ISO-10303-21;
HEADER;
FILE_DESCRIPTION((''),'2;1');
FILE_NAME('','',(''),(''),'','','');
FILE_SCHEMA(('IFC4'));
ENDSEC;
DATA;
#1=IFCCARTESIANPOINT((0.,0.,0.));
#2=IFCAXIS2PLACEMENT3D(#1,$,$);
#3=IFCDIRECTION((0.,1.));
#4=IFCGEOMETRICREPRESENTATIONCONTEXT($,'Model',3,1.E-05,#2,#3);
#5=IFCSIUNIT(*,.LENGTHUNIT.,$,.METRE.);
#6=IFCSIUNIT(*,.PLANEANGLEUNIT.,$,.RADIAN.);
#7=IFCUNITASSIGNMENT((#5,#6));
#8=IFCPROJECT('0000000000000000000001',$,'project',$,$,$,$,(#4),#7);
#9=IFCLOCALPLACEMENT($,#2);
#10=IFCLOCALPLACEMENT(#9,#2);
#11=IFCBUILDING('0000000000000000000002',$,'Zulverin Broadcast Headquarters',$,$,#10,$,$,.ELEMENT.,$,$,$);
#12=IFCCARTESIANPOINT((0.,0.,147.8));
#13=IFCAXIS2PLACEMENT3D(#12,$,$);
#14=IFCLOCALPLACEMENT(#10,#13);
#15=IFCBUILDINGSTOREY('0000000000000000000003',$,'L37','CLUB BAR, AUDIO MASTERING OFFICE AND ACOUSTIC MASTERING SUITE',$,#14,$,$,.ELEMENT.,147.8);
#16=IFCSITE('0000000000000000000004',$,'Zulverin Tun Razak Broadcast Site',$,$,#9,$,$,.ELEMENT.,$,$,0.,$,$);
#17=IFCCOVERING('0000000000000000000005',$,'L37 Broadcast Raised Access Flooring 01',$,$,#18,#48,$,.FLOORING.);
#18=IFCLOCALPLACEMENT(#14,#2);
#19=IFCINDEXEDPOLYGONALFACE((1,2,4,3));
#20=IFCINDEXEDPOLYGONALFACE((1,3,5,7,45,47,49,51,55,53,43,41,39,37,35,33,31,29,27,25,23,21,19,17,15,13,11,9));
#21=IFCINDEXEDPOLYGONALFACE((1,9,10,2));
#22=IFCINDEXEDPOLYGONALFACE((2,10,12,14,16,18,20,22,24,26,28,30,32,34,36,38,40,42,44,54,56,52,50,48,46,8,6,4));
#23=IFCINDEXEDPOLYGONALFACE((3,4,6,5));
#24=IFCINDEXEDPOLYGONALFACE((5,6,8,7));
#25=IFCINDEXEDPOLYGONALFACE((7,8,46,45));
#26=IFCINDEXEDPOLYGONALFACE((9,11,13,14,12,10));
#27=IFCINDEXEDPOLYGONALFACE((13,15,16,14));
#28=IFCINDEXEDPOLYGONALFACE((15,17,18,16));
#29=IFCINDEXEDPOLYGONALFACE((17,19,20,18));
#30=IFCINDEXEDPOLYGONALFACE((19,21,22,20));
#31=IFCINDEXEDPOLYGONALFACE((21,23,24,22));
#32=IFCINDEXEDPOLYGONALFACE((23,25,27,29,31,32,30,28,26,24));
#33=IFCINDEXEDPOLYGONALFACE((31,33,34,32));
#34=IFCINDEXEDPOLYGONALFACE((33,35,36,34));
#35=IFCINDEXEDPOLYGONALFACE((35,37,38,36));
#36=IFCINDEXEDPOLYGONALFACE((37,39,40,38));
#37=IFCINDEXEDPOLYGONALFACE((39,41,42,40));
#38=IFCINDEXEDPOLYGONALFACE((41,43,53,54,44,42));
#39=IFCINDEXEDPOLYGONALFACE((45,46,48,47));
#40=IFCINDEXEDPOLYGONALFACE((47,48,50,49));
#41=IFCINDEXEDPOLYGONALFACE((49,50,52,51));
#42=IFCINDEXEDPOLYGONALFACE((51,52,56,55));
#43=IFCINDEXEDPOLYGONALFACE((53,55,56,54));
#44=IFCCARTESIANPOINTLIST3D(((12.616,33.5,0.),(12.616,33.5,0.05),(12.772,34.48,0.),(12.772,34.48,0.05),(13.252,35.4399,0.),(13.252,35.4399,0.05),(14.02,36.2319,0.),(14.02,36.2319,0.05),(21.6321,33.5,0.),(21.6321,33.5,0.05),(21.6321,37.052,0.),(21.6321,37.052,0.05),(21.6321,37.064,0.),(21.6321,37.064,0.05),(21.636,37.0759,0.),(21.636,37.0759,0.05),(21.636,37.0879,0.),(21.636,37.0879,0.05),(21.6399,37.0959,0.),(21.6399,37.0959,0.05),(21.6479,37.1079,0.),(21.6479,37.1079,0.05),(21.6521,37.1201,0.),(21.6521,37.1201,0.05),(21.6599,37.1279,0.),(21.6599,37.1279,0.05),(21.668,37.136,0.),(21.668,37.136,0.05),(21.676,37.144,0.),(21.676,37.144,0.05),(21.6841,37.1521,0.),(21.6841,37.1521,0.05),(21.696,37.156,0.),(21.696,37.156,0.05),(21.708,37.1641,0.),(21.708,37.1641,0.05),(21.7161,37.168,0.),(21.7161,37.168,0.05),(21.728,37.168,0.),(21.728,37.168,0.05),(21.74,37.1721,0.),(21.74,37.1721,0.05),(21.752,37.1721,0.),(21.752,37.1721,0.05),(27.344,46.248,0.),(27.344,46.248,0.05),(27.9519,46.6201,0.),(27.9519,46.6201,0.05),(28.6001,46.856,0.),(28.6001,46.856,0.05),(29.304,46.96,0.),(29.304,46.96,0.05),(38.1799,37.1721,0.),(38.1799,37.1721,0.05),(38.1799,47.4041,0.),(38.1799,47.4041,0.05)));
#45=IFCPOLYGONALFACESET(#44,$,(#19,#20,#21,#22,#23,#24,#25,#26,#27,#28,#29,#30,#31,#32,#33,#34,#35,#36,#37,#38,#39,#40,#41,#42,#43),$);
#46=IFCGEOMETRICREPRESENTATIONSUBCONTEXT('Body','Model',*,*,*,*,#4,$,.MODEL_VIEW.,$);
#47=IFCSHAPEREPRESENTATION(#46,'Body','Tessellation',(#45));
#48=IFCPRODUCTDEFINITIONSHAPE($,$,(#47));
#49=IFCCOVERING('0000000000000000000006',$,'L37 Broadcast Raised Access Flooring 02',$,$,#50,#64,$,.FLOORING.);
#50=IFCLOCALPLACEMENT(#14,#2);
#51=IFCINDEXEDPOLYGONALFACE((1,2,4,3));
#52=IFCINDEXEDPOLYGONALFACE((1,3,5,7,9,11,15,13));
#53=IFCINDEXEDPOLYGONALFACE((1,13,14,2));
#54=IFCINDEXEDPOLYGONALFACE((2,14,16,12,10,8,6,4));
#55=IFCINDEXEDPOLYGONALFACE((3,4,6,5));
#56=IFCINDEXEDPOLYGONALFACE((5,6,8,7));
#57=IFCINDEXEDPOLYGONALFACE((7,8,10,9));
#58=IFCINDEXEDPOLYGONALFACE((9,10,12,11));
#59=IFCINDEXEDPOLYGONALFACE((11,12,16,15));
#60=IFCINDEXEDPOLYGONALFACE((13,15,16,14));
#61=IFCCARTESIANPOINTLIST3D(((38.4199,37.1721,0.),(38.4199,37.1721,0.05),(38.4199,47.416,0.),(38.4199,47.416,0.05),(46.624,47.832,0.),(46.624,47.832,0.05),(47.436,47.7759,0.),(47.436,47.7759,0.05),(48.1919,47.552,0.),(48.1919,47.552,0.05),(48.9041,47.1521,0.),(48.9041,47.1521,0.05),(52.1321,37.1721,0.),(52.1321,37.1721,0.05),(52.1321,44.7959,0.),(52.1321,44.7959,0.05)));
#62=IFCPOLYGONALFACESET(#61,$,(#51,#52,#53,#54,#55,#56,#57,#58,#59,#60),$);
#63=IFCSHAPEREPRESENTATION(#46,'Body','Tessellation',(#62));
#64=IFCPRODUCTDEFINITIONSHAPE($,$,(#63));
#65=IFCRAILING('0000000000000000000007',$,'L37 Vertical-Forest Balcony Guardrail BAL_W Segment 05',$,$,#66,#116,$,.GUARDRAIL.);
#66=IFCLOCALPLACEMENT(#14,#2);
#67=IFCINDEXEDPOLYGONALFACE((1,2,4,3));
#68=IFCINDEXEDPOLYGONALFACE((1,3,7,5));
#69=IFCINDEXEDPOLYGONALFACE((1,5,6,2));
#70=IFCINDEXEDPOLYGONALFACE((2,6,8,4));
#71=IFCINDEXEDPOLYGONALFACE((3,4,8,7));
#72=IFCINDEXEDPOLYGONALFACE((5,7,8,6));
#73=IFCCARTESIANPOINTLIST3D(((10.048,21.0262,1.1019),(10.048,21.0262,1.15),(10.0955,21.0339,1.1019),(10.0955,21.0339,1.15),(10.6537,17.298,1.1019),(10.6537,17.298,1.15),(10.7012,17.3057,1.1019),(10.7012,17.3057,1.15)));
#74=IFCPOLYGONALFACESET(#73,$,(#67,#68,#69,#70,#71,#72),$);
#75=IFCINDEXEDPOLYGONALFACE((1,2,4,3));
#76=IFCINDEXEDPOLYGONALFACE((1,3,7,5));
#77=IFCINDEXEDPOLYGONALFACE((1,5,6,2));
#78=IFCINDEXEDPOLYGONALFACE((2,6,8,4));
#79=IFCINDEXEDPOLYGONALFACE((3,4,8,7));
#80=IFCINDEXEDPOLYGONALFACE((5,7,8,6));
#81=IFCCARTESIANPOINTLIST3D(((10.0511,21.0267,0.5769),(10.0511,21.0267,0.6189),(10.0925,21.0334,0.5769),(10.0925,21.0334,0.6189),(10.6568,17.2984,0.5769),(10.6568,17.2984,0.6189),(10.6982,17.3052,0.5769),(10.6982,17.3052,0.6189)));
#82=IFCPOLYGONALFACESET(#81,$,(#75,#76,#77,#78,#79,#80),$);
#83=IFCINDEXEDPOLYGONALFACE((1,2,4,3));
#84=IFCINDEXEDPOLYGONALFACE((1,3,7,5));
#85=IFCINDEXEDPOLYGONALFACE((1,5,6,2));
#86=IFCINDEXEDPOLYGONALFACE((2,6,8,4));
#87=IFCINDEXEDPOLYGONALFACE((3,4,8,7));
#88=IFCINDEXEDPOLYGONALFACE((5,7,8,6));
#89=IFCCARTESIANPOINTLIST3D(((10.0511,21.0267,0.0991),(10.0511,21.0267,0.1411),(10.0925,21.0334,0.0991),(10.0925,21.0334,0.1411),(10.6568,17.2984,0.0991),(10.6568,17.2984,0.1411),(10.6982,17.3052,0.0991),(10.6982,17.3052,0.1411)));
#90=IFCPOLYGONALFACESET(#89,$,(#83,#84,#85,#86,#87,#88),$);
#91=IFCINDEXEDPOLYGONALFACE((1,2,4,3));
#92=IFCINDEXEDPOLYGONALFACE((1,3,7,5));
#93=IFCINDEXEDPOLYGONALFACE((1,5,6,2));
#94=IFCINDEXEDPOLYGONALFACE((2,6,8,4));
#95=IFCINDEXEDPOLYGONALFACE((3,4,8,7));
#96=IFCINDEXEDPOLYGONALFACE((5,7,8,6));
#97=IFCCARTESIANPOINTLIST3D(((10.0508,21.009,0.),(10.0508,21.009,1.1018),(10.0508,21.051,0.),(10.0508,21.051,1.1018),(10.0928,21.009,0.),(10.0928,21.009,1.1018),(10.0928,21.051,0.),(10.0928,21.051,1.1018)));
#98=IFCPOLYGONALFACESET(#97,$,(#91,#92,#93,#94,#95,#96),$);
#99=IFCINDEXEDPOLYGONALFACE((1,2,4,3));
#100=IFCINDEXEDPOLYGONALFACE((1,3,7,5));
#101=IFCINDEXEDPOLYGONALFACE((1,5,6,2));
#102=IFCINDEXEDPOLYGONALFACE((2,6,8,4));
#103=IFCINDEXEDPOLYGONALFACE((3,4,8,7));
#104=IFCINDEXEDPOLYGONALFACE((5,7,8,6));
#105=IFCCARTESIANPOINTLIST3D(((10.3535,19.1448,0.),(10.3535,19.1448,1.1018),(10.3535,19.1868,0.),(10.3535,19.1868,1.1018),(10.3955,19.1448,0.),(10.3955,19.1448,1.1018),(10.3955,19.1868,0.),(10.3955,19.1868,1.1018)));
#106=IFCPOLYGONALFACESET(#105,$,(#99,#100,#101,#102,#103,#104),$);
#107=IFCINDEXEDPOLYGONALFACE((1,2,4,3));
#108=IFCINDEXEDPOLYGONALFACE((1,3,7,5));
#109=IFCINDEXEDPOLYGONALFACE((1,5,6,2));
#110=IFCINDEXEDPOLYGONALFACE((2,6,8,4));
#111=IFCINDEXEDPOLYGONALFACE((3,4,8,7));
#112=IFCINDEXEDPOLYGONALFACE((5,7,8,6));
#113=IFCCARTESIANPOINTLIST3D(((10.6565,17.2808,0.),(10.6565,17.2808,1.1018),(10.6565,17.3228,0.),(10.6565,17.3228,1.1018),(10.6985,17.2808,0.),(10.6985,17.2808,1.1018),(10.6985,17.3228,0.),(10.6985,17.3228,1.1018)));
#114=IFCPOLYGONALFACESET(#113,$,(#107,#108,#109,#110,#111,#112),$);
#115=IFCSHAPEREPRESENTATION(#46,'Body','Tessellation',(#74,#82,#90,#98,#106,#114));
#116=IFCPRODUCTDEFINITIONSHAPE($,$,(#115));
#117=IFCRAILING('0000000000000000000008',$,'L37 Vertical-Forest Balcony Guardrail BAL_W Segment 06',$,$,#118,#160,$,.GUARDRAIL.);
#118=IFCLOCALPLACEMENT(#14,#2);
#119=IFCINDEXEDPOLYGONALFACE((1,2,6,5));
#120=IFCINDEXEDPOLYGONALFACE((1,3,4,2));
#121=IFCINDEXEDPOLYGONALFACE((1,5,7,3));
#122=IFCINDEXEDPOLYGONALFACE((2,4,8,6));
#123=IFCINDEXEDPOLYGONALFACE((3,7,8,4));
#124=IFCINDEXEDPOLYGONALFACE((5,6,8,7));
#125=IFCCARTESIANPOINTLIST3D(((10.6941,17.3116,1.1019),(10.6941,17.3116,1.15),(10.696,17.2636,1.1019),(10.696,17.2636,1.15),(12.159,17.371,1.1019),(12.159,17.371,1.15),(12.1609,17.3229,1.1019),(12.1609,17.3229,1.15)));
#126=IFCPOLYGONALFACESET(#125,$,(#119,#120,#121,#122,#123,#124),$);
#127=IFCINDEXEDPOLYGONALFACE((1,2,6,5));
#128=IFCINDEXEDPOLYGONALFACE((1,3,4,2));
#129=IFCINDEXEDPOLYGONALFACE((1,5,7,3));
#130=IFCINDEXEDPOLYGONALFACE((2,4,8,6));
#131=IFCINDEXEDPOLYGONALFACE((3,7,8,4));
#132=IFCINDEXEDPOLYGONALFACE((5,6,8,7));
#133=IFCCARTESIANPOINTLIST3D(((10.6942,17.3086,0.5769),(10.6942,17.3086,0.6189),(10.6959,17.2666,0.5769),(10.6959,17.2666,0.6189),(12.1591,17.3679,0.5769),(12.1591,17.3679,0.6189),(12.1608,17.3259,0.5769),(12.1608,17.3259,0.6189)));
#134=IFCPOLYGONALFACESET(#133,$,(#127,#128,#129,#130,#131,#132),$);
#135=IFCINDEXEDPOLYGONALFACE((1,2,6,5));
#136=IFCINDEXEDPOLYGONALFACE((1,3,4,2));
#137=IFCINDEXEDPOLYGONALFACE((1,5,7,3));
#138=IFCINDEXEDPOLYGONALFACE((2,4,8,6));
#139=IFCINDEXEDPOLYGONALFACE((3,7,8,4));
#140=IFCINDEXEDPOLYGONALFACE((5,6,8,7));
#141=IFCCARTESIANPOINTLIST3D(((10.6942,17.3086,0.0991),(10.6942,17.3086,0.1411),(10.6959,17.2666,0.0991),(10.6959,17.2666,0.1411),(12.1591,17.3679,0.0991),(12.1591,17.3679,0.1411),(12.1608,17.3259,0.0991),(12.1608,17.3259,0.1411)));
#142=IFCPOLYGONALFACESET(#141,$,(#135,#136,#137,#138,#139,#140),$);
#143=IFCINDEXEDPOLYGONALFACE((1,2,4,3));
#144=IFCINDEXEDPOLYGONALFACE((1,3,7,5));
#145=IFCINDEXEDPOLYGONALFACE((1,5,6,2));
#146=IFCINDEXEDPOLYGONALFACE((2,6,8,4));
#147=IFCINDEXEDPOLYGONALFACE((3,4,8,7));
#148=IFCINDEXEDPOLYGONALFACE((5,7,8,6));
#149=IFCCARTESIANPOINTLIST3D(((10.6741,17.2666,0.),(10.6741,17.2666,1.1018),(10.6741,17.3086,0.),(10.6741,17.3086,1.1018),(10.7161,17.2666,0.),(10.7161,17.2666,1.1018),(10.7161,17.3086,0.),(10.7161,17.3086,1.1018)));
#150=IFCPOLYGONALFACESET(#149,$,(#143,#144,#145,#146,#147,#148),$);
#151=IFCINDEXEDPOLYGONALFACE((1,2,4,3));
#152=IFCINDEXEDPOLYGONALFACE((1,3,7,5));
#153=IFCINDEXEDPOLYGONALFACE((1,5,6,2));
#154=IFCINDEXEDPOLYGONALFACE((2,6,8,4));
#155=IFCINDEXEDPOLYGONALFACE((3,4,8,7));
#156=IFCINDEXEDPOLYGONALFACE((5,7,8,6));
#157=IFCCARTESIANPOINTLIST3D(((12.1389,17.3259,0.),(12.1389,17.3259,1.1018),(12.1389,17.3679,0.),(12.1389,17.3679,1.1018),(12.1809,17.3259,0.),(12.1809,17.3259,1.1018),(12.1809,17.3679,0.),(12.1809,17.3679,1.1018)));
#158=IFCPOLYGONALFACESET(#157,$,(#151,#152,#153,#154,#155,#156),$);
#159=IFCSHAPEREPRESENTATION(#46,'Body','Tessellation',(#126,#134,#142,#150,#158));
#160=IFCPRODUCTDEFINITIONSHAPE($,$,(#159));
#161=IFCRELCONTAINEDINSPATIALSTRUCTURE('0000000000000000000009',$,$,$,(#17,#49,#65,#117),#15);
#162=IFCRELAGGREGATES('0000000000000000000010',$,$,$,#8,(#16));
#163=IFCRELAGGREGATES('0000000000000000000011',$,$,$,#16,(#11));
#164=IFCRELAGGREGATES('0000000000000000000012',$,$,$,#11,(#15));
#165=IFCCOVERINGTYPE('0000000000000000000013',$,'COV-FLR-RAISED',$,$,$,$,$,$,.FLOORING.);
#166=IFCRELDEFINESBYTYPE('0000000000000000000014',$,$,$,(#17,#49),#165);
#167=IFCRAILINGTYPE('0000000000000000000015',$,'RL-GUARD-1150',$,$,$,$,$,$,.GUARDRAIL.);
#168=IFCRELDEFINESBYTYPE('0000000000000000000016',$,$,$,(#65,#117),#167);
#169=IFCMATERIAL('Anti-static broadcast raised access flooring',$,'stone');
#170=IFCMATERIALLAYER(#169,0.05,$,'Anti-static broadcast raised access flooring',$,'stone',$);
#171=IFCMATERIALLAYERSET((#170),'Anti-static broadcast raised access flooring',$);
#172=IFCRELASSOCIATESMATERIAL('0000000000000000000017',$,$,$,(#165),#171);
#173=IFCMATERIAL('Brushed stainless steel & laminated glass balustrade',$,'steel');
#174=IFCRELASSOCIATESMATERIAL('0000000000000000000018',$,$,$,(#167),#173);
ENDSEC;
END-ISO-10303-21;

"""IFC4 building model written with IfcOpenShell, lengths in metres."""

from ifc_helpers import new_model, si_unit, direction, frame, origin, origin_2d, place, context, subcontext, project, spatial, polyline, rectangle, outline, extrude, material, layer, layer_set, type_object, element, save


model = new_model("IFC4")

# Units and contexts
model_context = context("Model", 3, precision=1e-05, world=origin(), true_north=direction((0.0, 1.0)))
body_context = subcontext(model_context, "Body", "Model", "MODEL_VIEW")
ifc_project = project(units=[si_unit("LENGTHUNIT", "METRE"), si_unit("PLANEANGLEUNIT", "RADIAN")], contexts=[model_context])

# Site, building, storey
site_placement = place(None, origin())
site = spatial("IfcSite", under=ifc_project, at=site_placement, Name="Zulverin Tun Razak Broadcast Site", CompositionType="ELEMENT", RefElevation=0.0)
building_placement = place(site_placement, origin())
building = spatial("IfcBuilding", under=site, at=building_placement, Name="Zulverin Broadcast Headquarters", CompositionType="ELEMENT")
storey_placement = place(building_placement, frame((0.0, 0.0, 147.8)))
storey = spatial("IfcBuildingStorey", under=building, at=storey_placement, Name="L37", Description="CLUB BAR, AUDIO MASTERING OFFICE AND ACOUSTIC MASTERING SUITE", CompositionType="ELEMENT", Elevation=147.8)

# Coverings
ifc_material_1 = material(Name="Anti-static broadcast raised access flooring", Category="stone")
ifc_layer_1 = layer(ifc_material_1, 0.05, Name="Anti-static broadcast raised access flooring", Category="stone")
ifc_layer_set_1 = layer_set([ifc_layer_1], Name="Anti-static broadcast raised access flooring")
covering_type_1 = type_object("IfcCoveringType", Name="COV-FLR-RAISED", PredefinedType="FLOORING", material=ifc_layer_set_1)
covering_1_placement = place(storey_placement, origin())
element("IfcCovering", 1, at=covering_1_placement, inside=storey, type_object=covering_type_1, Name="L37 Broadcast Raised Access Flooring 01", PredefinedType="FLOORING", context=body_context, shape_type="SweptSolid", body=[
    extrude(outline(polyline([(14.02, 36.2319), (13.252, 35.4399), (12.772, 34.48), (12.616, 33.5), (21.6321, 33.5), (21.6321, 37.052), (21.6321, 37.064), (21.636, 37.0759), (21.636, 37.0879), (21.6399, 37.0959), (21.6479, 37.1079), (21.6521, 37.1201), (21.6599, 37.1279), (21.668, 37.136), (21.676, 37.144), (21.6841, 37.1521), (21.696, 37.156), (21.708, 37.1641), (21.7161, 37.168), (21.728, 37.168), (21.74, 37.1721), (21.752, 37.1721), (38.1799, 37.1721), (38.1799, 47.4041), (29.304, 46.96), (28.6001, 46.856), (27.9519, 46.6201), (27.344, 46.248), (14.02, 36.2319)])), origin(), (0.0, 0.0, 1.0), 0.05),
])
covering_2_placement = place(storey_placement, origin())
element("IfcCovering", 2, at=covering_2_placement, inside=storey, type_object=covering_type_1, Name="L37 Broadcast Raised Access Flooring 02", PredefinedType="FLOORING", context=body_context, shape_type="SweptSolid", body=[
    extrude(outline(polyline([(52.1321, 37.1721), (52.1321, 44.7959), (48.9041, 47.1521), (48.1919, 47.552), (47.436, 47.7759), (46.624, 47.832), (38.4199, 47.416), (38.4199, 37.1721), (52.1321, 37.1721)])), origin(), (0.0, 0.0, 1.0), 0.05),
])

# Railings
ifc_material_2 = material(Name="Brushed stainless steel & laminated glass balustrade", Category="steel")
railing_type = type_object("IfcRailingType", Name="RL-GUARD-1150", PredefinedType="GUARDRAIL", material=ifc_material_2)
railing_1_placement = place(storey_placement, frame((10.0718, 21.03, 0.0)))
element("IfcRailing", 3, at=railing_1_placement, inside=storey, type_object=railing_type, Name="L37 Vertical-Forest Balcony Guardrail BAL_W Segment 05", PredefinedType="GUARDRAIL", context=body_context, shape_type="SweptSolid", body=[
    extrude(rectangle(XDim=0.0481, YDim=0.0481, at=origin_2d()), frame((0.0, 0.0, 1.126), z_axis=(0.160362, -0.987058, 0.0), x_axis=(0.987058, 0.160362, 0.0)), (0.0, 0.0, 1.0), 3.7771),
    extrude(rectangle(XDim=0.042, YDim=0.042, at=origin_2d()), frame((0.0, 0.0, 0.5979), z_axis=(0.160362, -0.987058, 0.0), x_axis=(0.987058, 0.160362, 0.0)), (0.0, 0.0, 1.0), 3.7771),
    extrude(rectangle(XDim=0.042, YDim=0.042, at=origin_2d()), frame((0.0, 0.0, 0.1201), z_axis=(0.160362, -0.987058, 0.0), x_axis=(0.987058, 0.160362, 0.0)), (0.0, 0.0, 1.0), 3.7771),
    extrude(rectangle(XDim=0.042, YDim=0.042, at=origin_2d()), origin(), (0.0, 0.0, 1.0), 1.1018),
    extrude(rectangle(XDim=0.042, YDim=0.042, at=origin_2d()), frame((0.3027, -1.8643, 0.0)), (0.0, 0.0, 1.0), 1.1018),
    extrude(rectangle(XDim=0.042, YDim=0.042, at=origin_2d()), frame((0.6057, -3.7283, 0.0)), (0.0, 0.0, 1.0), 1.1018),
])
railing_2_placement = place(storey_placement, frame((10.6951, 17.2876, 0.0)))
element("IfcRailing", 4, at=railing_2_placement, inside=storey, type_object=railing_type, Name="L37 Vertical-Forest Balcony Guardrail BAL_W Segment 06", PredefinedType="GUARDRAIL", context=body_context, shape_type="SweptSolid", body=[
    extrude(rectangle(XDim=0.0481, YDim=0.0481, at=origin_2d()), frame((0.0, 0.0, 1.126), z_axis=(0.999181, 0.040467, 0.0), x_axis=(-0.040467, 0.999181, 0.0)), (0.0, 0.0, 1.0), 1.4661),
    extrude(rectangle(XDim=0.042, YDim=0.042, at=origin_2d()), frame((0.0, 0.0, 0.5979), z_axis=(0.999181, 0.040467, 0.0), x_axis=(-0.040467, 0.999181, 0.0)), (0.0, 0.0, 1.0), 1.4661),
    extrude(rectangle(XDim=0.042, YDim=0.042, at=origin_2d()), frame((0.0, 0.0, 0.1201), z_axis=(0.999181, 0.040467, 0.0), x_axis=(-0.040467, 0.999181, 0.0)), (0.0, 0.0, 1.0), 1.4661),
    extrude(rectangle(XDim=0.042, YDim=0.042, at=origin_2d()), origin(), (0.0, 0.0, 1.0), 1.1018),
    extrude(rectangle(XDim=0.042, YDim=0.042, at=origin_2d()), frame((1.4648, 0.0593, 0.0)), (0.0, 0.0, 1.0), 1.1018),
])

save(model, "model.ifc")
